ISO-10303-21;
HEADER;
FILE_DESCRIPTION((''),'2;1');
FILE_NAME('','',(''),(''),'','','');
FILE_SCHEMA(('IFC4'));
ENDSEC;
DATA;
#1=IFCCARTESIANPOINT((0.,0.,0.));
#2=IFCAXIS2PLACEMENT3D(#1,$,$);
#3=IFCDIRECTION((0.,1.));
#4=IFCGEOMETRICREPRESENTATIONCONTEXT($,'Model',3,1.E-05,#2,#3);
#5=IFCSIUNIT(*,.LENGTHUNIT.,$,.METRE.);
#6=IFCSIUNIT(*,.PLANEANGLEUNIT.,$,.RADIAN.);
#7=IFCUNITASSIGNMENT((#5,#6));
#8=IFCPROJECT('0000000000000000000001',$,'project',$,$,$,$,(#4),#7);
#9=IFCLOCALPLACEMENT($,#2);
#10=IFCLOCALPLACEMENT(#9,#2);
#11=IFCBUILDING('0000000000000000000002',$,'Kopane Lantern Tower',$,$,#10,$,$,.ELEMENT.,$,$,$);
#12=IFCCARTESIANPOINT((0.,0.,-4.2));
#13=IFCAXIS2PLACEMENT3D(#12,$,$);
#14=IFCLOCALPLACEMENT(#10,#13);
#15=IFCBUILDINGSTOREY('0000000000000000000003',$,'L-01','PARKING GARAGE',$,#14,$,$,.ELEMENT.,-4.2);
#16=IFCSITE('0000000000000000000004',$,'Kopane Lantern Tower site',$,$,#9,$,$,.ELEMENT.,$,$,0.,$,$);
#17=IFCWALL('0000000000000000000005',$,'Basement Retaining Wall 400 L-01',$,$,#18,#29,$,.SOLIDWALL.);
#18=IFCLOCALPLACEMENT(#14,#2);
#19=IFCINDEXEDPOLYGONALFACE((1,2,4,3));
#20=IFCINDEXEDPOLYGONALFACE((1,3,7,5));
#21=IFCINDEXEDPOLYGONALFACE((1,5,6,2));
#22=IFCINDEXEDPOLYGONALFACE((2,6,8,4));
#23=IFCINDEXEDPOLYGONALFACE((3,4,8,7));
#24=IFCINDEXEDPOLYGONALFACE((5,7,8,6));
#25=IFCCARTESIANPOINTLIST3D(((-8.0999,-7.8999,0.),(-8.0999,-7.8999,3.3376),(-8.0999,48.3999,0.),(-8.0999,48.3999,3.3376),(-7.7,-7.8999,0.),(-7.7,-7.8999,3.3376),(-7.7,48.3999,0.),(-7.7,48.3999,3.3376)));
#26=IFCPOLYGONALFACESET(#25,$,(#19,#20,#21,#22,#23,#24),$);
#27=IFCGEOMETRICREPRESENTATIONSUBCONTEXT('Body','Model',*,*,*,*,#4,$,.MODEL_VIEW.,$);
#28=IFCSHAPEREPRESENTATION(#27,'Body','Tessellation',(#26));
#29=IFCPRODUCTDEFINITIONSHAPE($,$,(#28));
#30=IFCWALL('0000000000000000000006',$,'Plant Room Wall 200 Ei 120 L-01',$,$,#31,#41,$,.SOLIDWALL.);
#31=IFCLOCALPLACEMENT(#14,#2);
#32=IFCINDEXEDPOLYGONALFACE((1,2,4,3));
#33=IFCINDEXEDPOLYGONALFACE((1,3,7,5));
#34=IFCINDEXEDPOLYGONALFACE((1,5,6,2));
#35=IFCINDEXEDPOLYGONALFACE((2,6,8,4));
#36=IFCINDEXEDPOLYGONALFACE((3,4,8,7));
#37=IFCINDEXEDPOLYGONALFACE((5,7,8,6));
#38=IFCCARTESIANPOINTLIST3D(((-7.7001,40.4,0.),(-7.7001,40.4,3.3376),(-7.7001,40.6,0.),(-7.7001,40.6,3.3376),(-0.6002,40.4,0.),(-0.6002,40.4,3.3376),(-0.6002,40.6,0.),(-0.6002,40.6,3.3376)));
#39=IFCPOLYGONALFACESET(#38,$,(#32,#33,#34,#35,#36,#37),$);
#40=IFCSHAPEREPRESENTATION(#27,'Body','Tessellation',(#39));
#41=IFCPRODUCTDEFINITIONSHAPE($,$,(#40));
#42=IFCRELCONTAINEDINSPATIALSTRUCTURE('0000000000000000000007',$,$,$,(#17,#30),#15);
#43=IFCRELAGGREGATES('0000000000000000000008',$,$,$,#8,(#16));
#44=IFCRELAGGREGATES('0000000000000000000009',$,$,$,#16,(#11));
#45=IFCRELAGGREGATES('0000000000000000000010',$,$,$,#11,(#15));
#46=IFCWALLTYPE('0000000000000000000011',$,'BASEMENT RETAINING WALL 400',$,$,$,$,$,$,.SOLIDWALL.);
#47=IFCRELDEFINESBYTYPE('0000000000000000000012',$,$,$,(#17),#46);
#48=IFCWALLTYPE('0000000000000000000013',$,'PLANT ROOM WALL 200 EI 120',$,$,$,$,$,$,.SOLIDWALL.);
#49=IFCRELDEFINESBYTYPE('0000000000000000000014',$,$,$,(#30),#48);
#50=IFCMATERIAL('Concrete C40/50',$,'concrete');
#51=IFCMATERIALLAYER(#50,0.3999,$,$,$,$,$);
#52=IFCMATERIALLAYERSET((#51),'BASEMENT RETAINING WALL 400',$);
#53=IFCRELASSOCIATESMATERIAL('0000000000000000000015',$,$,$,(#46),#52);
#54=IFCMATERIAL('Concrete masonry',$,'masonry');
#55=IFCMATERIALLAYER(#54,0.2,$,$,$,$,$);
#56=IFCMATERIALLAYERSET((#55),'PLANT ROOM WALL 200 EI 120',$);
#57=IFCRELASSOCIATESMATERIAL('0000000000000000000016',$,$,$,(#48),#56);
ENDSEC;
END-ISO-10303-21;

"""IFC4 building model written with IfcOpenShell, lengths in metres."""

from ifc_helpers import new_model, si_unit, direction, frame, frame_2d, origin, place, context, subcontext, project, spatial, rectangle, extrude, material, layer, layer_set, type_object, element, save


model = new_model("IFC4")

# Units and contexts
model_context = context("Model", 3, precision=1e-05, world=origin(), true_north=direction((0.0, 1.0)))
body_context = subcontext(model_context, "Body", "Model", "MODEL_VIEW")
ifc_project = project(units=[si_unit("LENGTHUNIT", "METRE"), si_unit("PLANEANGLEUNIT", "RADIAN")], contexts=[model_context])

# Site, building, storey
site_placement = place(None, origin())
site = spatial("IfcSite", under=ifc_project, at=site_placement, Name="Kopane Lantern Tower site", CompositionType="ELEMENT", RefElevation=0.0)
building_placement = place(site_placement, origin())
building = spatial("IfcBuilding", under=site, at=building_placement, Name="Kopane Lantern Tower", CompositionType="ELEMENT")
storey_placement = place(building_placement, frame((0.0, 0.0, -4.2)))
storey = spatial("IfcBuildingStorey", under=building, at=storey_placement, Name="L-01", Description="PARKING GARAGE", CompositionType="ELEMENT", Elevation=-4.2)

# Walls
ifc_material_1 = material(Name="Concrete C40/50", Category="concrete")
ifc_layer_1 = layer(ifc_material_1, 0.3999)
ifc_layer_set_1 = layer_set([ifc_layer_1], Name="BASEMENT RETAINING WALL 400")
wall_type_1 = type_object("IfcWallType", Name="BASEMENT RETAINING WALL 400", PredefinedType="SOLIDWALL", material=ifc_layer_set_1)
wall_1_placement = place(storey_placement, frame((-7.8999, 48.3999, 0.0), z_axis=(0.0, 0.0, 1.0), x_axis=(0.0, -1.0, 0.0)))
element("IfcWall", 1, at=wall_1_placement, inside=storey, type_object=wall_type_1, Name="Basement Retaining Wall 400 L-01", PredefinedType="SOLIDWALL", context=body_context, shape_type="SweptSolid", body=[
    extrude(rectangle(XDim=56.2998, YDim=0.3999, at=frame_2d((28.1499, 0.0))), origin(), (0.0, 0.0, 1.0), 3.3376),
])
ifc_material_2 = material(Name="Concrete masonry", Category="masonry")
ifc_layer_2 = layer(ifc_material_2, 0.2)
ifc_layer_set_2 = layer_set([ifc_layer_2], Name="PLANT ROOM WALL 200 EI 120")
wall_type_2 = type_object("IfcWallType", Name="PLANT ROOM WALL 200 EI 120", PredefinedType="SOLIDWALL", material=ifc_layer_set_2)
wall_2_placement = place(storey_placement, frame((-7.7, 40.5, 0.0), z_axis=(0.0, 0.0, 1.0), x_axis=(1.0, 0.0, 0.0)))
element("IfcWall", 2, at=wall_2_placement, inside=storey, type_object=wall_type_2, Name="Plant Room Wall 200 Ei 120 L-01", PredefinedType="SOLIDWALL", context=body_context, shape_type="SweptSolid", body=[
    extrude(rectangle(XDim=7.0999, YDim=0.2, at=frame_2d((3.5498, 0.0))), origin(), (0.0, 0.0, 1.0), 3.3376),
])

save(model, "model.ifc")
